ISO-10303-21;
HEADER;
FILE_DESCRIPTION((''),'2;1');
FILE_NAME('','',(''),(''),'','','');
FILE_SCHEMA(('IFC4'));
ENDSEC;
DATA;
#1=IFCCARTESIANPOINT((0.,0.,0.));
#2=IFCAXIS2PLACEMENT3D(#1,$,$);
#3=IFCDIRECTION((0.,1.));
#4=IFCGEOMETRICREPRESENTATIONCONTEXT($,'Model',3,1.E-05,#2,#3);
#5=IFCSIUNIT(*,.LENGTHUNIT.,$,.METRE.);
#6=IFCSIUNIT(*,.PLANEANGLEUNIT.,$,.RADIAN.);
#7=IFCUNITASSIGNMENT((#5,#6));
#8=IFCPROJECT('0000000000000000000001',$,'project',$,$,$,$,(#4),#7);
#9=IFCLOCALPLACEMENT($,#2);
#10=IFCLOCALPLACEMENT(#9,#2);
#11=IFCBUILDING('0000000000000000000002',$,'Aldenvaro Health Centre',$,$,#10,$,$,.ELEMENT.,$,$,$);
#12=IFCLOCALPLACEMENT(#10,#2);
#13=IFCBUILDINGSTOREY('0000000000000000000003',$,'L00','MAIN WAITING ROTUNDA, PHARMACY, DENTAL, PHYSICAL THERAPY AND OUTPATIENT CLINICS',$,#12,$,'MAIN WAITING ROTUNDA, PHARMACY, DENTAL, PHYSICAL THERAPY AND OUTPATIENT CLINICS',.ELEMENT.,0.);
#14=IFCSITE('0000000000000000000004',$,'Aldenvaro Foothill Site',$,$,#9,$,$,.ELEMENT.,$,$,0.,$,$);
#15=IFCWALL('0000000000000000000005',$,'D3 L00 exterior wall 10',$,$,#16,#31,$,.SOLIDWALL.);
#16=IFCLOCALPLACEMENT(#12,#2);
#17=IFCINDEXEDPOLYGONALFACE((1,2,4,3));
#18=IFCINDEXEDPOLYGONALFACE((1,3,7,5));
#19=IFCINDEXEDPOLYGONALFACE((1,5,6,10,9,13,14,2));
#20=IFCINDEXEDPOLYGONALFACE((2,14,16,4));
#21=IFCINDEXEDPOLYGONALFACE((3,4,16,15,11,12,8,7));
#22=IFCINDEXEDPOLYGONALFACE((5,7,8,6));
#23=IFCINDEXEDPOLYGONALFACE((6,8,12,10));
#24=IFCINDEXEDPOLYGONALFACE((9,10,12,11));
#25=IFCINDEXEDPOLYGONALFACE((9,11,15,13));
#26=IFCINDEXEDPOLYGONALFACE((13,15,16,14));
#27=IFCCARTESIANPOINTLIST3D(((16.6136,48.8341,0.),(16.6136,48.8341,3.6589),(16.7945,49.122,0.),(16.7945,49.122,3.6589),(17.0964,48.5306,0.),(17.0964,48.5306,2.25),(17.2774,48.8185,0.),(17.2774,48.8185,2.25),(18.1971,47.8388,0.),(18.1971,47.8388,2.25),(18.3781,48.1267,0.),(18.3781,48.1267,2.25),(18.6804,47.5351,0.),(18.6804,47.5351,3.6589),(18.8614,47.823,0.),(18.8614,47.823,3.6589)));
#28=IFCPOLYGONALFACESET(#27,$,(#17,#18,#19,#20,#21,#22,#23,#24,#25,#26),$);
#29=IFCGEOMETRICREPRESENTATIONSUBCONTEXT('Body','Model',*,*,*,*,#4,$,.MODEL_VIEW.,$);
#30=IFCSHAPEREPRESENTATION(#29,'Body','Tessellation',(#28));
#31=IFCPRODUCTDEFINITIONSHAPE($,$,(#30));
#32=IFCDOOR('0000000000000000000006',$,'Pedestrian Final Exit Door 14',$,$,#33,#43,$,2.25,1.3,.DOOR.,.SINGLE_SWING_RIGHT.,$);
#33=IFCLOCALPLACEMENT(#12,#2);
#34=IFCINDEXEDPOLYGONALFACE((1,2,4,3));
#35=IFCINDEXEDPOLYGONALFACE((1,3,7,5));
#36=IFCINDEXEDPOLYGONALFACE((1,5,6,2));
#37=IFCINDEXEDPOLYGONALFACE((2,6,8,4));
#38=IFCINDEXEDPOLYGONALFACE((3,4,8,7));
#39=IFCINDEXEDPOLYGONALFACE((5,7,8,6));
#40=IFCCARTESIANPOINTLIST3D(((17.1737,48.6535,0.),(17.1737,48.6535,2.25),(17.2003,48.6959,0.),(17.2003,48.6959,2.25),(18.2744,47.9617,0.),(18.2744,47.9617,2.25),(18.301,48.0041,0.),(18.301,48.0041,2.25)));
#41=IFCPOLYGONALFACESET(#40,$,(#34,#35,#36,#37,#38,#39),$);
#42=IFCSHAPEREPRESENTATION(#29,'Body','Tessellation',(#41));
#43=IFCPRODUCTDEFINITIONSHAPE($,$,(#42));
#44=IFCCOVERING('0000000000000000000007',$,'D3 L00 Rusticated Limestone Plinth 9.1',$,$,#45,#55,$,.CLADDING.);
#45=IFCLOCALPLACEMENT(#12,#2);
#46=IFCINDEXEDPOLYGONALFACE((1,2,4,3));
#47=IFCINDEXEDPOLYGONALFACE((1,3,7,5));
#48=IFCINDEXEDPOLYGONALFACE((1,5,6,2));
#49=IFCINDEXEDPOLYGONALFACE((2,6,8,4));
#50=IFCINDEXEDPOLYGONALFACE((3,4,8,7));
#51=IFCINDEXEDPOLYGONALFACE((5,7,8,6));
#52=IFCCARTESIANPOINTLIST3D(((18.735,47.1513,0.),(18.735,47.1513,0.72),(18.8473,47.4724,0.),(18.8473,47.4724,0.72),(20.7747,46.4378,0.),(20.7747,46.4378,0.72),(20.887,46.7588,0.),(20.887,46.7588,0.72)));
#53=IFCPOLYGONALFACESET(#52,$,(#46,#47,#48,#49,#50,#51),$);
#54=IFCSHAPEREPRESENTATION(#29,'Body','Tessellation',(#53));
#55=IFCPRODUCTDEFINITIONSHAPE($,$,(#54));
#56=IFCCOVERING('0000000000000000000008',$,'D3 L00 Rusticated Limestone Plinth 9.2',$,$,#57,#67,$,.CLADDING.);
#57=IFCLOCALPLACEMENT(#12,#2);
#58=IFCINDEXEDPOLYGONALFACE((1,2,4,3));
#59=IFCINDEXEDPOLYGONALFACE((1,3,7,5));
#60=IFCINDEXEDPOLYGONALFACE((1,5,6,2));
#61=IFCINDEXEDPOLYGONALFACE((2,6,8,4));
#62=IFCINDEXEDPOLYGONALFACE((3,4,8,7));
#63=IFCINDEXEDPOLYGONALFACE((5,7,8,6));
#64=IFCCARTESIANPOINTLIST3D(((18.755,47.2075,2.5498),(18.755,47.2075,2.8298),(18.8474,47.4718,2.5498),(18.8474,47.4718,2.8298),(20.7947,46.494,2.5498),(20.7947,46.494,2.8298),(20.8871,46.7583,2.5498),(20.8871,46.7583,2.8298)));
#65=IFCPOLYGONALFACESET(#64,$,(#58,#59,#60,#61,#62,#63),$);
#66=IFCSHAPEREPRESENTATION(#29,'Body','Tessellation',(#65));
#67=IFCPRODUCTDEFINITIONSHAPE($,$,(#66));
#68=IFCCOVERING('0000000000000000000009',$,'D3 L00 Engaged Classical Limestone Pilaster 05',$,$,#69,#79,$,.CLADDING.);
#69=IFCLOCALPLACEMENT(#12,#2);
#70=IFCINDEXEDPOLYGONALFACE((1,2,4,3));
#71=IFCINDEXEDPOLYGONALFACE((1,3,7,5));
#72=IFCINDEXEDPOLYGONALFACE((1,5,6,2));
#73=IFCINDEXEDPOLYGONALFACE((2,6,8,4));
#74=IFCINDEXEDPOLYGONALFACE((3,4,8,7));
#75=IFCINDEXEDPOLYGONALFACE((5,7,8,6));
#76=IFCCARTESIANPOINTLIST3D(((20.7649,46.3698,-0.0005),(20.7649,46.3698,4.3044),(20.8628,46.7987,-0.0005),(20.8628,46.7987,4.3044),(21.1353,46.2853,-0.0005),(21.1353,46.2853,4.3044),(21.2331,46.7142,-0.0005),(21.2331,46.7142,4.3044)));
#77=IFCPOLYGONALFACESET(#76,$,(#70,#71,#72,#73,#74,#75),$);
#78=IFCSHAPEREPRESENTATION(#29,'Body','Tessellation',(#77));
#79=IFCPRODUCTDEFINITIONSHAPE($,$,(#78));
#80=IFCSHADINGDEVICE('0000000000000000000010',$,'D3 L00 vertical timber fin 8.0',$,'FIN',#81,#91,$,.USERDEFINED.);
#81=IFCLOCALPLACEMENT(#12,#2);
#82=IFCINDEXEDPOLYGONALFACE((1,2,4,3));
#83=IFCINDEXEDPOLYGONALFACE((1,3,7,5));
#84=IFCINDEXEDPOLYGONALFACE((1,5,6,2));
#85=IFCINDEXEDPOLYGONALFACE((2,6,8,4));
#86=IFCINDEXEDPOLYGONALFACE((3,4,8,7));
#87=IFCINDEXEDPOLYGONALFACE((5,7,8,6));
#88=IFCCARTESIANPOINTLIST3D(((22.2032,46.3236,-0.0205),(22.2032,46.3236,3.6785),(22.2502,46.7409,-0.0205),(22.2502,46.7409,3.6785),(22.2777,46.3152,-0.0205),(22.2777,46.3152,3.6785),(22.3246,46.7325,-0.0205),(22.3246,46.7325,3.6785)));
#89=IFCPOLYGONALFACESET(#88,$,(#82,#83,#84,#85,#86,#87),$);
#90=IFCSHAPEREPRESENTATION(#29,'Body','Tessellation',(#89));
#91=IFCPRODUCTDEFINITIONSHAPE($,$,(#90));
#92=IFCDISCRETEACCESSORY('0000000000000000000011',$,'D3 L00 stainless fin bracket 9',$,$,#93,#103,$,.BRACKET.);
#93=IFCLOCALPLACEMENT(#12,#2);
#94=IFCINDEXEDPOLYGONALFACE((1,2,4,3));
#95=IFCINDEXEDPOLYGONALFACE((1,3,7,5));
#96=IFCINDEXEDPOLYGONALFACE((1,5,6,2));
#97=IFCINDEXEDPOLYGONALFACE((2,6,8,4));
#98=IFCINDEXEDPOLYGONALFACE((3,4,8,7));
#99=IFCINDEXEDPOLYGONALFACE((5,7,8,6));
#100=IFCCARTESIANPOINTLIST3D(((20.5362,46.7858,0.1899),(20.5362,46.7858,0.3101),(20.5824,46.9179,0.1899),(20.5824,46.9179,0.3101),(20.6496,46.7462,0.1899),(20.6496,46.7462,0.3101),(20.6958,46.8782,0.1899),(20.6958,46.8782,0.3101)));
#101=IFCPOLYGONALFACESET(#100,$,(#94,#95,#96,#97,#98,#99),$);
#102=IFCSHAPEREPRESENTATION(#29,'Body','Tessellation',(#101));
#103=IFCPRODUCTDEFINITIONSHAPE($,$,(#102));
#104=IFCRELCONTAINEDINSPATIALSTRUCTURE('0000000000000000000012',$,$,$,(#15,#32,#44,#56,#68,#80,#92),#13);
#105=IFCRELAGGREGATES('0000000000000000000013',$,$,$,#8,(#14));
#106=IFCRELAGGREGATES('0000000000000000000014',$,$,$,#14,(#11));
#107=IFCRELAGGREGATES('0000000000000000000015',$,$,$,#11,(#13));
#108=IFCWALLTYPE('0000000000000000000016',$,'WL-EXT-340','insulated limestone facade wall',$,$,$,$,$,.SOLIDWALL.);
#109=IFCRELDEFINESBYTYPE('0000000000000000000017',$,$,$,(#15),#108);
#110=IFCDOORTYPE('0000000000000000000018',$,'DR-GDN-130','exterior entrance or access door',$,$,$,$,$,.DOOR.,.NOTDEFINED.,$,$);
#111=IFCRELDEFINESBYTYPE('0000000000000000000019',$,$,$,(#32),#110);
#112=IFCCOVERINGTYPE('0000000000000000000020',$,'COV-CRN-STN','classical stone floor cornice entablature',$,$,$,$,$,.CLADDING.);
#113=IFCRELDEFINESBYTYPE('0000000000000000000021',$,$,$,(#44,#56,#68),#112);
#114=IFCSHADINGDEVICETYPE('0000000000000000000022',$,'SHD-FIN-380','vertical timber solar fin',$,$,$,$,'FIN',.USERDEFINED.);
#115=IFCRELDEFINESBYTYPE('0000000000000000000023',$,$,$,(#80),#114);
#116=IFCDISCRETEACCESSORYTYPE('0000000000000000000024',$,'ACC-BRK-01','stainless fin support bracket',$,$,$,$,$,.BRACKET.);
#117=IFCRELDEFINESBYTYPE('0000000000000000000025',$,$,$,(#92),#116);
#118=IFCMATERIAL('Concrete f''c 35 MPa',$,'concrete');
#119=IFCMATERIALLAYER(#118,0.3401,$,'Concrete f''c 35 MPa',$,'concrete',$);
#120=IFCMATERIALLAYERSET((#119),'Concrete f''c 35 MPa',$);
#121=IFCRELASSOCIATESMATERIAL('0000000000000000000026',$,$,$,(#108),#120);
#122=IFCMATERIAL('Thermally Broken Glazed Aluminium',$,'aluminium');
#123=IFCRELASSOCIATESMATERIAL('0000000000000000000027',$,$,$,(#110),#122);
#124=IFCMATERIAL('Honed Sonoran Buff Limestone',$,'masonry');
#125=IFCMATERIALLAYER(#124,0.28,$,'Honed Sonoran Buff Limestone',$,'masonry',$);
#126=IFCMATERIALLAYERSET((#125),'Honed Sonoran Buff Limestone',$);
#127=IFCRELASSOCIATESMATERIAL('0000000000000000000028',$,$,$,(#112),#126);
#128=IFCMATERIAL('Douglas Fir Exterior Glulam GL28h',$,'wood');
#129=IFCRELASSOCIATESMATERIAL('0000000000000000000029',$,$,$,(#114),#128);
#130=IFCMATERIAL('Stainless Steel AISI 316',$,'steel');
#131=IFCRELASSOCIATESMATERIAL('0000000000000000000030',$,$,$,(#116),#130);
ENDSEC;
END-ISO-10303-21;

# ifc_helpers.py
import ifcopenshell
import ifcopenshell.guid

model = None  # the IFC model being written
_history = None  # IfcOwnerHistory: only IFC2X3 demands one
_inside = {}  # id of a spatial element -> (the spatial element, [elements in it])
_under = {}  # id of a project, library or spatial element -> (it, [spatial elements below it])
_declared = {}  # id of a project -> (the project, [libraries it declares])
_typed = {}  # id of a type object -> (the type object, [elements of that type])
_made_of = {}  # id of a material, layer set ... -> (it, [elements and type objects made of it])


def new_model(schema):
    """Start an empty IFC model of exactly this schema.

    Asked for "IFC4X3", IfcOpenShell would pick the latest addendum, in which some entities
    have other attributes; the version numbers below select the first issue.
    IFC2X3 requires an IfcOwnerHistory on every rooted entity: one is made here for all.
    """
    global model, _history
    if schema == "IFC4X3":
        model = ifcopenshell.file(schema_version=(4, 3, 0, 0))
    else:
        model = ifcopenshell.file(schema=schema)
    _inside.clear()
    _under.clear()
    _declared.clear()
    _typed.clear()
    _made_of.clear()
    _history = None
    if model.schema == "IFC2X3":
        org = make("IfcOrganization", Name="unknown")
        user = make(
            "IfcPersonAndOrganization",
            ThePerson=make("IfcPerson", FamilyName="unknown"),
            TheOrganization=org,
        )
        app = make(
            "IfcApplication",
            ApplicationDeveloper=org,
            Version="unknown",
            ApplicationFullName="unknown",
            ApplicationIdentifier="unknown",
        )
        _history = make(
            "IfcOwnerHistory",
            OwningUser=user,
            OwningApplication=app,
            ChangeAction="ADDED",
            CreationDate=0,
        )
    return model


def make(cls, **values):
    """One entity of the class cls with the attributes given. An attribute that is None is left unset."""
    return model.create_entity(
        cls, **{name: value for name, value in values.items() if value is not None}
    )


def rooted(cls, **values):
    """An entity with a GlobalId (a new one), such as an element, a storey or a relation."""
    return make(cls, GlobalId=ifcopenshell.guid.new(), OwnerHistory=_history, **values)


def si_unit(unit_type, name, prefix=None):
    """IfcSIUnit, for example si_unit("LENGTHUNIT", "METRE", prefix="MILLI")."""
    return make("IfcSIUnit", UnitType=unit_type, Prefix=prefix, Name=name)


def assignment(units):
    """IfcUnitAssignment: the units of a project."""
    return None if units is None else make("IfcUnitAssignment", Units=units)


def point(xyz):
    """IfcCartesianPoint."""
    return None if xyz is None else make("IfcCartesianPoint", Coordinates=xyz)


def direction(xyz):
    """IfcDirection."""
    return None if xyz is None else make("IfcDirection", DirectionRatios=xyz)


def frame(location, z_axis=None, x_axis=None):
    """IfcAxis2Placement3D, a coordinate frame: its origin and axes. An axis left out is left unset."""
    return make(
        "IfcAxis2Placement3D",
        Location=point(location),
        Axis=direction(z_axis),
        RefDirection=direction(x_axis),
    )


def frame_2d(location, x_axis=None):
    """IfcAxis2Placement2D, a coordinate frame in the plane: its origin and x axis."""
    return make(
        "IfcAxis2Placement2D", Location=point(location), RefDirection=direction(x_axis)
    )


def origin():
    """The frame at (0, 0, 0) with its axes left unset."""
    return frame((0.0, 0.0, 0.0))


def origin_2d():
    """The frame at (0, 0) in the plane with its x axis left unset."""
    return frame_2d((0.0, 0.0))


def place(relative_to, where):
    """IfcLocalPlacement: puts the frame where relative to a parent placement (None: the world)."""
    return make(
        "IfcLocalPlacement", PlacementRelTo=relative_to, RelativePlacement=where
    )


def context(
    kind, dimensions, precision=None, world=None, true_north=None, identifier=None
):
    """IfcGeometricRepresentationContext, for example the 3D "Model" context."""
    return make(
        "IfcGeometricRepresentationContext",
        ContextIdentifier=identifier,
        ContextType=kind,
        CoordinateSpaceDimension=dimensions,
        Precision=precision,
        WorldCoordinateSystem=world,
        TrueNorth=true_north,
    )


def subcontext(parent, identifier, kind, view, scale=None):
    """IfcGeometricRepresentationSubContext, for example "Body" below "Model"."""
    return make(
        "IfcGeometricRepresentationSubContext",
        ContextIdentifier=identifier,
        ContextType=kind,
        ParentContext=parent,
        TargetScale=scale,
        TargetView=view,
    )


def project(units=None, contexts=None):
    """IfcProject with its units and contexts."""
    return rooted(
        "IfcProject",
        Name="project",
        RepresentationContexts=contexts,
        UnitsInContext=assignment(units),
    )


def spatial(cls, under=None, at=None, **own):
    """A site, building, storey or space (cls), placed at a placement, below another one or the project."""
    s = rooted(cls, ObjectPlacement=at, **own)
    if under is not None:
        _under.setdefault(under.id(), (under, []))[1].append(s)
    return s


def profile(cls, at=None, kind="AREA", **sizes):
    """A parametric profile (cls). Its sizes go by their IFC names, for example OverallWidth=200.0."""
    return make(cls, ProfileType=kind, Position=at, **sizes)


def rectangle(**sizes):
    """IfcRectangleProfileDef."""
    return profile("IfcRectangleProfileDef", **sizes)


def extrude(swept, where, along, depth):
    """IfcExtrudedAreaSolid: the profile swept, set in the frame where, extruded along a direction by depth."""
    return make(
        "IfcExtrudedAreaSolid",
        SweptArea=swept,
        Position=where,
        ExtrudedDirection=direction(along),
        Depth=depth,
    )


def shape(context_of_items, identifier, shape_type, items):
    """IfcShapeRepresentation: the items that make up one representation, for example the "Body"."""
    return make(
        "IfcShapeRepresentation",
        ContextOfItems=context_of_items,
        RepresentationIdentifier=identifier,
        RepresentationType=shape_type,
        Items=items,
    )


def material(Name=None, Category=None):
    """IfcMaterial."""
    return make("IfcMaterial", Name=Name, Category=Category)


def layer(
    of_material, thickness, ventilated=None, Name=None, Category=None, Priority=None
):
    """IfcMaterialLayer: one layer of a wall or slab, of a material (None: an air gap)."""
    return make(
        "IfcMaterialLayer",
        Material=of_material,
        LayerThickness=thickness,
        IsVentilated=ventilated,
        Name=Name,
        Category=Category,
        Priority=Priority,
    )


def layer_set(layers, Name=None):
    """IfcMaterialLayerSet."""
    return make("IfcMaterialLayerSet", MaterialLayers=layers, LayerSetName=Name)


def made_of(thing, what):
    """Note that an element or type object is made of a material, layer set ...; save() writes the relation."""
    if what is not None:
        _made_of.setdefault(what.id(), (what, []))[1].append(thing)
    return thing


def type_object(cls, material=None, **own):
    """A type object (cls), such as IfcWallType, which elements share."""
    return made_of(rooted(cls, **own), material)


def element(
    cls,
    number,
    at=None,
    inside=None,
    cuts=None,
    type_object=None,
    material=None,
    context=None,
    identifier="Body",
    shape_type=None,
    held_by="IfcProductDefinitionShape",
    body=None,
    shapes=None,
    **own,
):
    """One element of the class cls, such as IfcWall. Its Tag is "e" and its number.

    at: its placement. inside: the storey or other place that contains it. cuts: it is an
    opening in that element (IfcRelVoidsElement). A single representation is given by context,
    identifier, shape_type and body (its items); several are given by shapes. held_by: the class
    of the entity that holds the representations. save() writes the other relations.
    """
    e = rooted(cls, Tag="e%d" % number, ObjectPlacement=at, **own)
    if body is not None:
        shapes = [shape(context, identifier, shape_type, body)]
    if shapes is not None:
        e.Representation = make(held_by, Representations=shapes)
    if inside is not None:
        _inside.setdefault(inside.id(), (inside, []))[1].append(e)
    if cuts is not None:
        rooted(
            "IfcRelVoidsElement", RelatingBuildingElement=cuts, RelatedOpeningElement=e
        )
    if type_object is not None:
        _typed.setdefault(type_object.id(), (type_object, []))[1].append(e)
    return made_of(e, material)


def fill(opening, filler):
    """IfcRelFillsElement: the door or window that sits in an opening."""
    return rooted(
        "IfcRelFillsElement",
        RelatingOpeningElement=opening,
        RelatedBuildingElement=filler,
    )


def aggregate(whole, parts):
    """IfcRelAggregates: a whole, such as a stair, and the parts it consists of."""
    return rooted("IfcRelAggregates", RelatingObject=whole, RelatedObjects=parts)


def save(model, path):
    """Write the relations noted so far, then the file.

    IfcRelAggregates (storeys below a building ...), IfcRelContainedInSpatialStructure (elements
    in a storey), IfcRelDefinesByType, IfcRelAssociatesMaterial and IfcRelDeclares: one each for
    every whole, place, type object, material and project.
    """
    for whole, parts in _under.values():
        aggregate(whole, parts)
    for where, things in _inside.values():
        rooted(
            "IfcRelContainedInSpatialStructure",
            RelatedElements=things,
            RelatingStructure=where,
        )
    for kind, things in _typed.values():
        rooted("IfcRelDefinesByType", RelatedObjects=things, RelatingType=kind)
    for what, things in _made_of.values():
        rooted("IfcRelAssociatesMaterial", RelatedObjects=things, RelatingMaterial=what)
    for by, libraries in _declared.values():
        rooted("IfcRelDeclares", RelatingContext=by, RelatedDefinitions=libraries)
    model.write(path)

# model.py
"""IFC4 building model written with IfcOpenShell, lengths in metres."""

from ifc_helpers import new_model, si_unit, direction, frame, frame_2d, origin, origin_2d, place, context, subcontext, project, spatial, rectangle, extrude, material, layer, layer_set, type_object, element, fill, save


model = new_model("IFC4")

# Units and contexts
model_context = context("Model", 3, precision=1e-05, world=origin(), true_north=direction((0.0, 1.0)))
body_context = subcontext(model_context, "Body", "Model", "MODEL_VIEW")
ifc_project = project(units=[si_unit("LENGTHUNIT", "METRE"), si_unit("PLANEANGLEUNIT", "RADIAN")], contexts=[model_context])

# Site, building, storey
site_placement = place(None, origin())
site = spatial("IfcSite", under=ifc_project, at=site_placement, Name="Aldenvaro Foothill Site", CompositionType="ELEMENT", RefElevation=0.0)
building_placement = place(site_placement, origin())
building = spatial("IfcBuilding", under=site, at=building_placement, Name="Aldenvaro Health Centre", CompositionType="ELEMENT")
storey_placement = place(building_placement, origin())
storey = spatial("IfcBuildingStorey", under=building, at=storey_placement, Name="L00", Description="MAIN WAITING ROTUNDA, PHARMACY, DENTAL, PHYSICAL THERAPY AND OUTPATIENT CLINICS", LongName="MAIN WAITING ROTUNDA, PHARMACY, DENTAL, PHYSICAL THERAPY AND OUTPATIENT CLINICS", CompositionType="ELEMENT", Elevation=0.0)

# Shared definitions
ifc_material_1 = material(Name="Concrete f'c 35 MPa", Category="concrete")
ifc_layer_1 = layer(ifc_material_1, 0.3401, Name="Concrete f'c 35 MPa", Category="concrete")
ifc_layer_set_1 = layer_set([ifc_layer_1], Name="Concrete f'c 35 MPa")
wall_type_1 = type_object("IfcWallType", Name="WL-EXT-340", Description="insulated limestone facade wall", PredefinedType="SOLIDWALL", material=ifc_layer_set_1)

# Wall, opening, door
wall_1_placement = place(storey_placement, frame((18.771, 47.679, 0.0), z_axis=(0.0, 0.0, 1.0), x_axis=(-0.846658, 0.532137, 0.0)))
wall_1 = element("IfcWall", 1, at=wall_1_placement, inside=storey, type_object=wall_type_1, Name="D3 L00 exterior wall 10", PredefinedType="SOLIDWALL", context=body_context, shape_type="SweptSolid", body=[
    extrude(rectangle(XDim=2.4412, YDim=0.3401, at=frame_2d((1.2207, 0.0))), origin(), (0.0, 0.0, 1.0), 3.6589),
])
opening_placement = place(wall_1_placement, frame((0.571, 0.0, 0.0)))
opening = element("IfcOpeningElement", 2, at=opening_placement, cuts=wall_1, PredefinedType="OPENING", context=body_context, shape_type="SweptSolid", body=[
    extrude(rectangle(XDim=1.3, YDim=2.25, at=frame_2d((0.6499, 1.125))), frame((0.0, 0.1802, 0.0), z_axis=(0.0, -1.0, 0.0), x_axis=(1.0, 0.0, 0.0)), (0.0, 0.0, 1.0), 0.3601),
])
ifc_material_2 = material(Name="Thermally Broken Glazed Aluminium", Category="aluminium")
door_type = type_object("IfcDoorType", Name="DR-GDN-130", Description="exterior entrance or access door", OperationType="NOTDEFINED", PredefinedType="DOOR", material=ifc_material_2)
door_placement = place(opening_placement, origin())
door = element("IfcDoor", 3, at=door_placement, inside=storey, type_object=door_type, Name="Pedestrian Final Exit Door 14", OperationType="SINGLE_SWING_RIGHT", OverallHeight=2.25, OverallWidth=1.3, PredefinedType="DOOR", context=body_context, shape_type="SweptSolid", body=[
    extrude(rectangle(XDim=1.3, YDim=2.25, at=frame_2d((0.6499, 1.125))), frame((0.0, 0.0249, 0.0), z_axis=(0.0, -1.0, 0.0), x_axis=(1.0, 0.0, 0.0)), (0.0, 0.0, 1.0), 0.05),
])
fill(opening, door)

# Coverings
ifc_material_3 = material(Name="Honed Sonoran Buff Limestone", Category="masonry")
ifc_layer_2 = layer(ifc_material_3, 0.28, Name="Honed Sonoran Buff Limestone", Category="masonry")
ifc_layer_set_2 = layer_set([ifc_layer_2], Name="Honed Sonoran Buff Limestone")
covering_type = type_object("IfcCoveringType", Name="COV-CRN-STN", Description="classical stone floor cornice entablature", PredefinedType="CLADDING", material=ifc_layer_set_2)
covering_1_placement = place(storey_placement, frame((19.811, 46.9551, 0.0), z_axis=(0.0, 0.0, 1.0), x_axis=(-0.943909, 0.330204, 0.0)))
element("IfcCovering", 4, at=covering_1_placement, inside=storey, type_object=covering_type, Name="D3 L00 Rusticated Limestone Plinth 9.1", PredefinedType="CLADDING", context=body_context, shape_type="SweptSolid", body=[
    extrude(rectangle(XDim=2.1609, YDim=0.3401, at=origin_2d()), origin(), (0.0, 0.0, 1.0), 0.72),
])
covering_2_placement = place(storey_placement, frame((19.821, 46.9829, 2.5498), z_axis=(0.0, 0.0, 1.0), x_axis=(-0.943909, 0.330204, 0.0)))
element("IfcCovering", 5, at=covering_2_placement, inside=storey, type_object=covering_type, Name="D3 L00 Rusticated Limestone Plinth 9.2", PredefinedType="CLADDING", context=body_context, shape_type="SweptSolid", body=[
    extrude(rectangle(XDim=2.1609, YDim=0.28, at=origin_2d()), origin(), (0.0, 0.0, 1.0), 0.28),
])
covering_3_placement = place(storey_placement, frame((20.999, 46.542, -0.0005), z_axis=(0.0, 0.0, 1.0), x_axis=(-0.222474, -0.974939, 0.0)))
element("IfcCovering", 6, at=covering_3_placement, inside=storey, type_object=covering_type, Name="D3 L00 Engaged Classical Limestone Pilaster 05", PredefinedType="CLADDING", context=body_context, shape_type="SweptSolid", body=[
    extrude(rectangle(XDim=0.4399, YDim=0.3799, at=origin_2d()), origin(), (0.0, 0.0, 1.0), 4.3049),
])

# Shading device
ifc_material_4 = material(Name="Douglas Fir Exterior Glulam GL28h", Category="wood")
shading_device_type = type_object("IfcShadingDeviceType", Name="SHD-FIN-380", Description="vertical timber solar fin", ElementType="FIN", PredefinedType="USERDEFINED", material=ifc_material_4)
shading_device_placement = place(storey_placement, frame((22.2639, 46.5281, -0.0205), z_axis=(0.0, 0.0, 1.0), x_axis=(-0.993723, 0.111871, 0.0)))
element("IfcShadingDevice", 7, at=shading_device_placement, inside=storey, type_object=shading_device_type, Name="D3 L00 vertical timber fin 8.0", ObjectType="FIN", PredefinedType="USERDEFINED", context=body_context, shape_type="SweptSolid", body=[
    extrude(rectangle(XDim=0.075, YDim=0.4199, at=origin_2d()), origin(), (0.0, 0.0, 1.0), 3.699),
])

# Discrete accessory
ifc_material_5 = material(Name="Stainless Steel AISI 316", Category="steel")
discrete_accessory_type = type_object("IfcDiscreteAccessoryType", Name="ACC-BRK-01", Description="stainless fin support bracket", PredefinedType="BRACKET", material=ifc_material_5)
discrete_accessory_placement = place(storey_placement, frame((20.616, 46.832, 0.1899), z_axis=(0.0, 0.0, 1.0), x_axis=(-0.943909, 0.330204, 0.0)))
element("IfcDiscreteAccessory", 8, at=discrete_accessory_placement, inside=storey, type_object=discrete_accessory_type, Name="D3 L00 stainless fin bracket 9", PredefinedType="BRACKET", context=body_context, shape_type="SweptSolid", body=[
    extrude(rectangle(XDim=0.1201, YDim=0.1399, at=origin_2d()), origin(), (0.0, 0.0, 1.0), 0.1201),
])

save(model, "model.ifc")
